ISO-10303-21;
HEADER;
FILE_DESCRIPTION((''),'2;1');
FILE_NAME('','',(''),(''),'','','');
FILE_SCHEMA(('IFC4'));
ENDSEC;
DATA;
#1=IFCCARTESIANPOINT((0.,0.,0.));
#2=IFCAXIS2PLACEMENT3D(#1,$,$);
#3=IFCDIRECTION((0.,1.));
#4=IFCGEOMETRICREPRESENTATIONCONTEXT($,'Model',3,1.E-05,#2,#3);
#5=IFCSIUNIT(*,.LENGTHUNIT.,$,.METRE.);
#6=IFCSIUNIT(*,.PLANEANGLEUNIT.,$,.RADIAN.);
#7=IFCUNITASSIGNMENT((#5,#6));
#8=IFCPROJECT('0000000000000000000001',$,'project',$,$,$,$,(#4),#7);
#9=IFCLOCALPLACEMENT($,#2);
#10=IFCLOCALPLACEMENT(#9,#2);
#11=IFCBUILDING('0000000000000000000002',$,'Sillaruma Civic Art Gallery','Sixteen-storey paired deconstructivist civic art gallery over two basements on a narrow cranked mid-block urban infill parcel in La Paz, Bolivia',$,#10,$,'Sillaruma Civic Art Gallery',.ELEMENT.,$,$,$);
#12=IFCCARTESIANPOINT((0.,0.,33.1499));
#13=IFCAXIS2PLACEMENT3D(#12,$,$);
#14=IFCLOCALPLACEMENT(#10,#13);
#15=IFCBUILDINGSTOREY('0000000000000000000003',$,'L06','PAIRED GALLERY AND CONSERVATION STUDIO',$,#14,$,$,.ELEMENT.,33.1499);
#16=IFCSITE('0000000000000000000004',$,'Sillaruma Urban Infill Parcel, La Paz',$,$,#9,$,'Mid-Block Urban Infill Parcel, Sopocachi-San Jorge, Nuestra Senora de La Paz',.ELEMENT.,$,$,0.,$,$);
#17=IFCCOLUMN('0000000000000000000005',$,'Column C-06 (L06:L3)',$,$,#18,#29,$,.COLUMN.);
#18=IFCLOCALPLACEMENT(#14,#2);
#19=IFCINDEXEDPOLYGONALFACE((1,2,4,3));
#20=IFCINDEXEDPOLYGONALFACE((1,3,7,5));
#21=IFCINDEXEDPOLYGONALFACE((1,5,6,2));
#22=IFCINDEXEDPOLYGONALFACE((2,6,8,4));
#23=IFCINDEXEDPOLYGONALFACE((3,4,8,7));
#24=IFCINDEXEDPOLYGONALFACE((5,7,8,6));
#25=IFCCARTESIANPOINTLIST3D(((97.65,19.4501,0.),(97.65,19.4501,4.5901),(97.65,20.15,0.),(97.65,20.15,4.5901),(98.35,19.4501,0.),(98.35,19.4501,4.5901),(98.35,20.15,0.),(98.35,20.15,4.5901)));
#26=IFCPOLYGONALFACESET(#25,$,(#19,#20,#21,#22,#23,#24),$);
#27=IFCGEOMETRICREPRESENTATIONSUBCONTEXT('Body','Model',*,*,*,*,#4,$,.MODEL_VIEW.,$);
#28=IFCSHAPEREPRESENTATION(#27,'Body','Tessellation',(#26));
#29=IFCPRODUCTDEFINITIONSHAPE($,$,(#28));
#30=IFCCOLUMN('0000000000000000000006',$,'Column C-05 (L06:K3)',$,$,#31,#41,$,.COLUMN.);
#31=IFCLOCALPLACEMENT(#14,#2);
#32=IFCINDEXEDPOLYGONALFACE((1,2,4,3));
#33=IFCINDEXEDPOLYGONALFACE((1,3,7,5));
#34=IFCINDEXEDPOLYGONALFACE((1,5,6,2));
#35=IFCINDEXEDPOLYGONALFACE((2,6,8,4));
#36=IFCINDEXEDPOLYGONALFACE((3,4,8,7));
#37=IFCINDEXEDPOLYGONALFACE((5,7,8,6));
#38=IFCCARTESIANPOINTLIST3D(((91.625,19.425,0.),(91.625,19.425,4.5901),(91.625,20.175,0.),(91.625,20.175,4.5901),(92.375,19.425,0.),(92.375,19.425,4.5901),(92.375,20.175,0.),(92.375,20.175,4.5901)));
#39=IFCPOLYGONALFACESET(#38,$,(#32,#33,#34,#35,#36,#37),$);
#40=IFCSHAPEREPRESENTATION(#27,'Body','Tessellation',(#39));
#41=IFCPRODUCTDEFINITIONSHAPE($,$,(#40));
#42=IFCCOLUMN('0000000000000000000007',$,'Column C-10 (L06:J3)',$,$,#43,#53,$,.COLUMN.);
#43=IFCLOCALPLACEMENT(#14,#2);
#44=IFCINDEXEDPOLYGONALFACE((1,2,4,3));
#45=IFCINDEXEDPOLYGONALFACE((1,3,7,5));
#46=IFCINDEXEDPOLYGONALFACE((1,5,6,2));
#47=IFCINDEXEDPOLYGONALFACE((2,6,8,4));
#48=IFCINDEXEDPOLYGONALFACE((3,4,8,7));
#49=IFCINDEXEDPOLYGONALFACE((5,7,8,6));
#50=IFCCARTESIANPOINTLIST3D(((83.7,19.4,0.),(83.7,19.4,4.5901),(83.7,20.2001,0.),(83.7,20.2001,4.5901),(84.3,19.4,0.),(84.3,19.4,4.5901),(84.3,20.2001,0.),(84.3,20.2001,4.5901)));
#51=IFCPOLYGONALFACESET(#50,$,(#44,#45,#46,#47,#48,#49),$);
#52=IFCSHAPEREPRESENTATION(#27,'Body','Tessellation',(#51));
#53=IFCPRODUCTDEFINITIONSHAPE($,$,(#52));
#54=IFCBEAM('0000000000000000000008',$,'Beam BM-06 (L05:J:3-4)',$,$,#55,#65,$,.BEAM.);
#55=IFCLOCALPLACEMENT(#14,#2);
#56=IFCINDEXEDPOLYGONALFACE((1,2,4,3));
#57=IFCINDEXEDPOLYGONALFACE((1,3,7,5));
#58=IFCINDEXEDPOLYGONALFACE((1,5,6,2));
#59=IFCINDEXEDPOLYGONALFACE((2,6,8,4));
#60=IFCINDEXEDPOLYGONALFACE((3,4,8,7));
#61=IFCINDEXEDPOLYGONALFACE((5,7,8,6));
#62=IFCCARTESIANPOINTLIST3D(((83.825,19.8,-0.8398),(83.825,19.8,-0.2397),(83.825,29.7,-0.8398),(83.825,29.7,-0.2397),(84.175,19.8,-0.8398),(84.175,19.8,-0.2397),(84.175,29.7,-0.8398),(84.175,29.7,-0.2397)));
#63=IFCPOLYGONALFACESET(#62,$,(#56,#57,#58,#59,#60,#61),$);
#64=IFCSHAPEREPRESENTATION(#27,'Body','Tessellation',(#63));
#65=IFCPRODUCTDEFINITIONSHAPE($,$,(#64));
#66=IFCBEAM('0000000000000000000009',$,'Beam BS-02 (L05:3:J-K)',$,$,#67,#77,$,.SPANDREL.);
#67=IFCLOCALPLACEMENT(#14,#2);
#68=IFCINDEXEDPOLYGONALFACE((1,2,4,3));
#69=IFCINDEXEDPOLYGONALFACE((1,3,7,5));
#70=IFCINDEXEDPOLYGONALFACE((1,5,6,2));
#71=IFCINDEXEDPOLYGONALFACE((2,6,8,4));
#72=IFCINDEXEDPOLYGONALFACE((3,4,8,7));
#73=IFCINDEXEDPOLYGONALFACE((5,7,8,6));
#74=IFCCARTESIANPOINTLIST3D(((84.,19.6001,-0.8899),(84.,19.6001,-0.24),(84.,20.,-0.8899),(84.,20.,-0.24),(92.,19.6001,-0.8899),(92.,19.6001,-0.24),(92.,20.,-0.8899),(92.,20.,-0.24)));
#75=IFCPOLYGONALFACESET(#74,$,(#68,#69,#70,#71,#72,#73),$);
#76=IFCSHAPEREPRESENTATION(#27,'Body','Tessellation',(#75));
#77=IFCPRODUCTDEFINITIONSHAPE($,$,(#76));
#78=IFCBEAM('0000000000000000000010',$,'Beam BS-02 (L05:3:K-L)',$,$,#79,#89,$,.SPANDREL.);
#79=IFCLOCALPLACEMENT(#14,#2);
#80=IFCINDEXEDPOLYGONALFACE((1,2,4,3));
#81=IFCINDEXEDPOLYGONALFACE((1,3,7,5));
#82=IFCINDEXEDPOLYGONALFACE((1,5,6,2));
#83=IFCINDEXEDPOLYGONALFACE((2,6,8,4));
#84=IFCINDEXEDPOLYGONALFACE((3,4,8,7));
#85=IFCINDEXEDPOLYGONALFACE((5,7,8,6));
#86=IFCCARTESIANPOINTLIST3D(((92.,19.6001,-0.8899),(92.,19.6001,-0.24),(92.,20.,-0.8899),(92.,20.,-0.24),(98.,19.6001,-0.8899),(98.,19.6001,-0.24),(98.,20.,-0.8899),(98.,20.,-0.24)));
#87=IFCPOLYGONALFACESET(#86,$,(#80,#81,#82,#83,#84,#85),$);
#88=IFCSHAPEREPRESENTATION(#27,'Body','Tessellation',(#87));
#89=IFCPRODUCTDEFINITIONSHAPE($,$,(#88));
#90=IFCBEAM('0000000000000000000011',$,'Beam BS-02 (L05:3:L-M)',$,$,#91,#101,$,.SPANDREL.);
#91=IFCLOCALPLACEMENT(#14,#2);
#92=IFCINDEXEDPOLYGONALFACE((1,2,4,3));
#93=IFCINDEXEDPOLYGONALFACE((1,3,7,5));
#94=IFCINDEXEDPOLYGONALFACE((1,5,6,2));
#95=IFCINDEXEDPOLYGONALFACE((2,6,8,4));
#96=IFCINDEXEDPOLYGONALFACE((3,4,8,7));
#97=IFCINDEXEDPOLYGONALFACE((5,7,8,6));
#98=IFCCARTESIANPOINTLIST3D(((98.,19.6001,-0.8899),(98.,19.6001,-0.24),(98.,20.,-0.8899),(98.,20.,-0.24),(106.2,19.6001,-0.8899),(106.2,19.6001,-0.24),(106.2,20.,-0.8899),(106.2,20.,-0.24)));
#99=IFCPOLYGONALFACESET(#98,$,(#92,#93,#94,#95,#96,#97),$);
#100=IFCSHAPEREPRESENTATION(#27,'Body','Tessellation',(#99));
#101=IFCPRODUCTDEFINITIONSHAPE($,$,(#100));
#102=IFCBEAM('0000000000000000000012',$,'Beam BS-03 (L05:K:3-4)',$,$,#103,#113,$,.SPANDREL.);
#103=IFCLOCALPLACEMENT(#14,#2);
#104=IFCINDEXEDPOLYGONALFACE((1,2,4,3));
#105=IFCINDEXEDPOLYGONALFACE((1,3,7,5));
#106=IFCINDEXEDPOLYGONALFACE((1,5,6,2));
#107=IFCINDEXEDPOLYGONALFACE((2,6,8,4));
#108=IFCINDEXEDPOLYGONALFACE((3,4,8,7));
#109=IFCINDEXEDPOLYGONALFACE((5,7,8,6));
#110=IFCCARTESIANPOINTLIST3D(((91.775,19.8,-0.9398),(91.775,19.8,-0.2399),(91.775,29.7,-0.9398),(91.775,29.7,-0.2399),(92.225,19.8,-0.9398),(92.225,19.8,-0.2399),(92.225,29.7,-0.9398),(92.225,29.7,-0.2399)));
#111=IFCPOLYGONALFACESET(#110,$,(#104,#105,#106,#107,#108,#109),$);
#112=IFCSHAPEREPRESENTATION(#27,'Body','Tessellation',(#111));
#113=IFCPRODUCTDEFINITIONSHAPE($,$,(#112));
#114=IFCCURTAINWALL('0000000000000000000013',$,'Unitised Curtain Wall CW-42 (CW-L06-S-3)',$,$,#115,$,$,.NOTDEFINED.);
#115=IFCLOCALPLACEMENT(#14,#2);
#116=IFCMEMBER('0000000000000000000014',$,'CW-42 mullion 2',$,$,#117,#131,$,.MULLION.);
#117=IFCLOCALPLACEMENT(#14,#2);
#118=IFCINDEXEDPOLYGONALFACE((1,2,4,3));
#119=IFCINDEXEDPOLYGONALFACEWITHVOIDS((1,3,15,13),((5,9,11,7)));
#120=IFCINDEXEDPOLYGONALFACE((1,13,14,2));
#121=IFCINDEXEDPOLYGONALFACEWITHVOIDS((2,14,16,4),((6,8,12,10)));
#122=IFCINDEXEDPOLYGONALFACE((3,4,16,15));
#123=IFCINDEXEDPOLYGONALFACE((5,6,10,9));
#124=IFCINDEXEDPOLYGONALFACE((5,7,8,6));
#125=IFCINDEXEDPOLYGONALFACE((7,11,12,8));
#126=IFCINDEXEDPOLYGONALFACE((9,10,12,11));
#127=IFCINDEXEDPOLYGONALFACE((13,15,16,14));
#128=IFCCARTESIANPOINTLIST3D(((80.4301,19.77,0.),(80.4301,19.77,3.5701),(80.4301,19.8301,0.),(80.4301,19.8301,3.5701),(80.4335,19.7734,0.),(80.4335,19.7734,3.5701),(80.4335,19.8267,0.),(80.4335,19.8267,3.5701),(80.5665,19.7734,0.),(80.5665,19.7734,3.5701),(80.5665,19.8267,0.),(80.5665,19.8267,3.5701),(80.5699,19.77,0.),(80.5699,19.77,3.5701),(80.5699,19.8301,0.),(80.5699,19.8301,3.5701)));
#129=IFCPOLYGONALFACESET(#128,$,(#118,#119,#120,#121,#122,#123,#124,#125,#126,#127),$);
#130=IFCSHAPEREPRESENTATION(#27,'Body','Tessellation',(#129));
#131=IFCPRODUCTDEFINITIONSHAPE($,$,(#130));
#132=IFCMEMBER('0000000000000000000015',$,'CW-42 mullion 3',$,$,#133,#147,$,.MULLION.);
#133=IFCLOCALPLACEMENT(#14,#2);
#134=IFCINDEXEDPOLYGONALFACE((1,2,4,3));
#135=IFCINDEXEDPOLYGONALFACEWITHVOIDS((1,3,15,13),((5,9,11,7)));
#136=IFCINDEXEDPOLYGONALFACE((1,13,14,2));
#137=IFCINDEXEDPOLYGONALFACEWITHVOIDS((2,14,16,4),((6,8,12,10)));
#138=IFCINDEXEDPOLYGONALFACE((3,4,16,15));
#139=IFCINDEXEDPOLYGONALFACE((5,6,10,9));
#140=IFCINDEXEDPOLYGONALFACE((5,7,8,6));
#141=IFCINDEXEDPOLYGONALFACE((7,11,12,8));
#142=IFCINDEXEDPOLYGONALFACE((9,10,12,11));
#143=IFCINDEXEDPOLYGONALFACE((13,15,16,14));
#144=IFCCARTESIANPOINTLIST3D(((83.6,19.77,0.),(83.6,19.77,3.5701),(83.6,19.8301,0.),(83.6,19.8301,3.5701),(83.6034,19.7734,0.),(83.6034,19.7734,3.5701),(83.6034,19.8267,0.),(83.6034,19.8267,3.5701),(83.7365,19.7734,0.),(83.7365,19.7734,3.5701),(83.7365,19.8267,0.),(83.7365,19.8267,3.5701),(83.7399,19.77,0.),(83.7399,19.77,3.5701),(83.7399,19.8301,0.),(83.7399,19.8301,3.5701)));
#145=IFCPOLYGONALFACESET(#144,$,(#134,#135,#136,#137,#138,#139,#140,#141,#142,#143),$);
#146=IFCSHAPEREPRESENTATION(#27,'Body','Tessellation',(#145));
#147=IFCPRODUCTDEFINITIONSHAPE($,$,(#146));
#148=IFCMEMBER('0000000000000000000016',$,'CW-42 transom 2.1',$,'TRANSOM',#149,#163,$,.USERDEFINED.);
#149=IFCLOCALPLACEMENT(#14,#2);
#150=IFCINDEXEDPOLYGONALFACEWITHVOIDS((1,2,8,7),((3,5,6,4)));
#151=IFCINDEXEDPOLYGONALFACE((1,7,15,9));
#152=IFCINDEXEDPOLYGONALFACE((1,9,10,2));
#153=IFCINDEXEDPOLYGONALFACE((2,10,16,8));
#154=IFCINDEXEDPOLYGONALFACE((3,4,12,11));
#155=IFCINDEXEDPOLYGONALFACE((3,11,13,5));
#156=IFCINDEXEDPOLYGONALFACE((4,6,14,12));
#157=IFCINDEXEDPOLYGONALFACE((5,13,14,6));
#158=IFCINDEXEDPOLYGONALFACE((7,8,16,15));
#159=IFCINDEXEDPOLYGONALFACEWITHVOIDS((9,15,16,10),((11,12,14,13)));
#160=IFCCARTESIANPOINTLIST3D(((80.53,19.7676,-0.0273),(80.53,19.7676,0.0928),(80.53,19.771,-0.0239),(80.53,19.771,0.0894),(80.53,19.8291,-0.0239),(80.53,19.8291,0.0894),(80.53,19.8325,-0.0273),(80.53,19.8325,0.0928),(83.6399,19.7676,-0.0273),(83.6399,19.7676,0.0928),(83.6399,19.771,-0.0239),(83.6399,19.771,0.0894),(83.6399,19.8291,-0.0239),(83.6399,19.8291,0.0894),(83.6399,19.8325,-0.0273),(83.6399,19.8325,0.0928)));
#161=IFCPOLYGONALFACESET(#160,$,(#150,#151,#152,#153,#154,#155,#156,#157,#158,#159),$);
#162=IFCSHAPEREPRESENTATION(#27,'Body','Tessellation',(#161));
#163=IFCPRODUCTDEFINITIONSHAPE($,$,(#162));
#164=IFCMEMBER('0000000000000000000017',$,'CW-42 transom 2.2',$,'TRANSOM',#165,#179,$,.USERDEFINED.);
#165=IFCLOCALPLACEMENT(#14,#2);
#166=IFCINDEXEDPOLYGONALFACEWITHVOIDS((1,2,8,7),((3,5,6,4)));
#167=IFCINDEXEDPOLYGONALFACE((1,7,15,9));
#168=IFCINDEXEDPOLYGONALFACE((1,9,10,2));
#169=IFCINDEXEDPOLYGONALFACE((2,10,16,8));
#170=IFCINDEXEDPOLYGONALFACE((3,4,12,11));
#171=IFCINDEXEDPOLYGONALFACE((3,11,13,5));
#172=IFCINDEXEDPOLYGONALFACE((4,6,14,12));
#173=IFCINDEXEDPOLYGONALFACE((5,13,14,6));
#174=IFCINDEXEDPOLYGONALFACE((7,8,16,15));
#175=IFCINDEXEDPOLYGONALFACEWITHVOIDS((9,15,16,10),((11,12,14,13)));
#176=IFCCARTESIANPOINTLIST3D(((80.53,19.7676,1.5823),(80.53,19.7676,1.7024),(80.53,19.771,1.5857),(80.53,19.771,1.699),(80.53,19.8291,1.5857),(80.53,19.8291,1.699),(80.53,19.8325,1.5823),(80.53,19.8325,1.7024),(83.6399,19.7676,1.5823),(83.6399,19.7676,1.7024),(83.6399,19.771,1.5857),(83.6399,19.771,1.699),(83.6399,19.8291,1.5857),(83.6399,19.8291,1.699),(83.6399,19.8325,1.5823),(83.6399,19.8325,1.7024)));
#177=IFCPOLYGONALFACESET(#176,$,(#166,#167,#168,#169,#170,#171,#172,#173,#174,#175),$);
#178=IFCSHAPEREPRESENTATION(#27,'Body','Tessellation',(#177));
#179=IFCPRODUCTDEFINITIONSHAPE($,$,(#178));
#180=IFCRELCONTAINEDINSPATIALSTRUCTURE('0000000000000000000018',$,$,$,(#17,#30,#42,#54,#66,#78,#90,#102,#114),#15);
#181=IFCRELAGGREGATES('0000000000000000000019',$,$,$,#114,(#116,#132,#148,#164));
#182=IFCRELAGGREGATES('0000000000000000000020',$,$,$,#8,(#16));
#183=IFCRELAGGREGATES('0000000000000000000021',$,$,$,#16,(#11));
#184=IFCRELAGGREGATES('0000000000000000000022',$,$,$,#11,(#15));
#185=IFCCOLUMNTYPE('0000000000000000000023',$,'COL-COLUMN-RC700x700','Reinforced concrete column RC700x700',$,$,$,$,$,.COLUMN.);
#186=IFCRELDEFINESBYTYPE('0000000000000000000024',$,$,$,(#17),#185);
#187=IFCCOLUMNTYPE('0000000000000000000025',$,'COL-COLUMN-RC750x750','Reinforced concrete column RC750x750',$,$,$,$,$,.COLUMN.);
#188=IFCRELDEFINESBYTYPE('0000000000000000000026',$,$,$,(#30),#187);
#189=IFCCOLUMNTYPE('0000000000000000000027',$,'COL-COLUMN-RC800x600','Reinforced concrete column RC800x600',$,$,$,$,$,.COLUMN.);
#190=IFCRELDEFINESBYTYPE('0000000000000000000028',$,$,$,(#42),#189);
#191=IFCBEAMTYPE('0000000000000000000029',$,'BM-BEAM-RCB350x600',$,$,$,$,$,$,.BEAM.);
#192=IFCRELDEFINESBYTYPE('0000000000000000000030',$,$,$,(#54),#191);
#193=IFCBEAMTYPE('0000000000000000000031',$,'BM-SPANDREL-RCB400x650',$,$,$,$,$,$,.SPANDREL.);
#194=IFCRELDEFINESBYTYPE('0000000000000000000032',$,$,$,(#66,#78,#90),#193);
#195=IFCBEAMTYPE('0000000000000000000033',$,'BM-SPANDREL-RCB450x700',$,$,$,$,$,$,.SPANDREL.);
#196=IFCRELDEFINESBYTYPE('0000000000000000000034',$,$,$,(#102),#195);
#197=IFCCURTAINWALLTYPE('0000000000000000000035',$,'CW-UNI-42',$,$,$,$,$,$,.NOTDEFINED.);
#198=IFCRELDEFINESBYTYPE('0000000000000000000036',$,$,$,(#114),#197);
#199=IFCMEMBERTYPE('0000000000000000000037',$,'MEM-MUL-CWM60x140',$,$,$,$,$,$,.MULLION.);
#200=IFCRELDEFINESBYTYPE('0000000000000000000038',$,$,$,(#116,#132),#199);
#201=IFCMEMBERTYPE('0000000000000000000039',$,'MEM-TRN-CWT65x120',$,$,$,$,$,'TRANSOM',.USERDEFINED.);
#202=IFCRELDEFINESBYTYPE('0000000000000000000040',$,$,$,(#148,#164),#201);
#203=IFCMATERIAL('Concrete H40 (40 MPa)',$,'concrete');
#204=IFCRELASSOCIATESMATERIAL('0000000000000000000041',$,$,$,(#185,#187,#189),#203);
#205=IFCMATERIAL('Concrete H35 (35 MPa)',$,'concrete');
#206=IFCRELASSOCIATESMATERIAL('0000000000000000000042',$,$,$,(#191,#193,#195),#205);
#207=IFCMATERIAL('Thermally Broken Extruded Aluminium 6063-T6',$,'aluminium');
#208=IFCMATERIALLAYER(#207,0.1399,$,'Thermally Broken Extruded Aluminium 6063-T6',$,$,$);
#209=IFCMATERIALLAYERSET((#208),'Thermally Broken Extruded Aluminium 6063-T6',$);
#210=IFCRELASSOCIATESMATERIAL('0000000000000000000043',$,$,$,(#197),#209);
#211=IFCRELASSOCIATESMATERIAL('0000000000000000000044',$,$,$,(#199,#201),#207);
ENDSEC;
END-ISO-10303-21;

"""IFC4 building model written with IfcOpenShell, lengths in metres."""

from ifc_helpers import new_model, si_unit, direction, frame, origin, origin_2d, place, context, subcontext, project, spatial, rectangle, hollow_rectangle, extrude, material, layer, layer_set, material_profile, profile_set, type_object, element, aggregate, save


model = new_model("IFC4")

# Units and contexts
model_context = context("Model", 3, precision=1e-05, world=origin(), true_north=direction((0.0, 1.0)))
body_context = subcontext(model_context, "Body", "Model", "MODEL_VIEW")
ifc_project = project(units=[si_unit("LENGTHUNIT", "METRE"), si_unit("PLANEANGLEUNIT", "RADIAN")], contexts=[model_context])

# Site, building, storey
site_placement = place(None, origin())
site = spatial("IfcSite", under=ifc_project, at=site_placement, Name="Sillaruma Urban Infill Parcel, La Paz", LongName="Mid-Block Urban Infill Parcel, Sopocachi-San Jorge, Nuestra Senora de La Paz", CompositionType="ELEMENT", RefElevation=0.0)
building_placement = place(site_placement, origin())
building = spatial("IfcBuilding", under=site, at=building_placement, Name="Sillaruma Civic Art Gallery", Description="Sixteen-storey paired deconstructivist civic art gallery over two basements on a narrow cranked mid-block urban infill parcel in La Paz, Bolivia", LongName="Sillaruma Civic Art Gallery", CompositionType="ELEMENT")
storey_placement = place(building_placement, frame((0.0, 0.0, 33.1499)))
storey = spatial("IfcBuildingStorey", under=building, at=storey_placement, Name="L06", Description="PAIRED GALLERY AND CONSERVATION STUDIO", CompositionType="ELEMENT", Elevation=33.1499)

# Columns
ifc_material_1 = material(Name="Concrete H40 (40 MPa)", Category="concrete")
ifc_material_profile_1 = material_profile(ifc_material_1, rectangle(XDim=0.7, YDim=0.7, at=origin_2d()), Name="RC700x700")
ifc_profile_set_1 = profile_set([ifc_material_profile_1], Name="Concrete H40 (40 MPa)")
column_type_1 = type_object("IfcColumnType", Name="COL-COLUMN-RC700x700", Description="Reinforced concrete column RC700x700", PredefinedType="COLUMN", material=ifc_profile_set_1)
column_1_placement = place(storey_placement, frame((98.0, 19.8, 0.0), z_axis=(0.0, 0.0, 1.0), x_axis=(1.0, 0.0, 0.0)))
element("IfcColumn", 1, at=column_1_placement, inside=storey, type_object=column_type_1, Name="Column C-06 (L06:L3)", PredefinedType="COLUMN", context=body_context, shape_type="SweptSolid", body=[
    extrude(rectangle(XDim=0.7, YDim=0.7, at=origin_2d()), origin(), (0.0, 0.0, 1.0), 4.5901),
])
ifc_material_profile_2 = material_profile(ifc_material_1, rectangle(XDim=0.75, YDim=0.75, at=origin_2d()), Name="RC750x750")
ifc_profile_set_2 = profile_set([ifc_material_profile_2], Name="Concrete H40 (40 MPa)")
column_type_2 = type_object("IfcColumnType", Name="COL-COLUMN-RC750x750", Description="Reinforced concrete column RC750x750", PredefinedType="COLUMN", material=ifc_profile_set_2)
column_2_placement = place(storey_placement, frame((92.0, 19.8, 0.0), z_axis=(0.0, 0.0, 1.0), x_axis=(1.0, 0.0, 0.0)))
element("IfcColumn", 2, at=column_2_placement, inside=storey, type_object=column_type_2, Name="Column C-05 (L06:K3)", PredefinedType="COLUMN", context=body_context, shape_type="SweptSolid", body=[
    extrude(rectangle(XDim=0.75, YDim=0.75, at=origin_2d()), origin(), (0.0, 0.0, 1.0), 4.5901),
])
ifc_material_profile_3 = material_profile(ifc_material_1, rectangle(XDim=0.6001, YDim=0.8, at=origin_2d()), Name="RC800x600")
ifc_profile_set_3 = profile_set([ifc_material_profile_3], Name="Concrete H40 (40 MPa)")
column_type_3 = type_object("IfcColumnType", Name="COL-COLUMN-RC800x600", Description="Reinforced concrete column RC800x600", PredefinedType="COLUMN", material=ifc_profile_set_3)
column_3_placement = place(storey_placement, frame((84.0, 19.8, 0.0), z_axis=(0.0, 0.0, 1.0), x_axis=(1.0, 0.0, 0.0)))
element("IfcColumn", 3, at=column_3_placement, inside=storey, type_object=column_type_3, Name="Column C-10 (L06:J3)", PredefinedType="COLUMN", context=body_context, shape_type="SweptSolid", body=[
    extrude(rectangle(XDim=0.6001, YDim=0.8, at=origin_2d()), origin(), (0.0, 0.0, 1.0), 4.5901),
])

# Beams
ifc_material_2 = material(Name="Concrete H35 (35 MPa)", Category="concrete")
ifc_material_profile_4 = material_profile(ifc_material_2, rectangle(XDim=0.3501, YDim=0.6001, at=origin_2d()), Name="RCB350x600")
ifc_profile_set_4 = profile_set([ifc_material_profile_4], Name="Concrete H35 (35 MPa)")
beam_type_1 = type_object("IfcBeamType", Name="BM-BEAM-RCB350x600", PredefinedType="BEAM", material=ifc_profile_set_4)
beam_1_placement = place(storey_placement, frame((84.0, 19.8, -0.5398), z_axis=(0.0, 1.0, 0.0), x_axis=(-1.0, 0.0, 0.0)))
element("IfcBeam", 4, at=beam_1_placement, inside=storey, type_object=beam_type_1, Name="Beam BM-06 (L05:J:3-4)", PredefinedType="BEAM", context=body_context, shape_type="SweptSolid", body=[
    extrude(rectangle(XDim=0.3501, YDim=0.6001, at=origin_2d()), origin(), (0.0, 0.0, 1.0), 9.8999),
])
ifc_material_profile_5 = material_profile(ifc_material_2, rectangle(XDim=0.3999, YDim=0.6499, at=origin_2d()), Name="RCB400x650")
ifc_profile_set_5 = profile_set([ifc_material_profile_5], Name="Concrete H35 (35 MPa)")
beam_type_2 = type_object("IfcBeamType", Name="BM-SPANDREL-RCB400x650", PredefinedType="SPANDREL", material=ifc_profile_set_5)
beam_2_placement = place(storey_placement, frame((84.0, 19.8, -0.5649), z_axis=(1.0, 0.0, 0.0), x_axis=(0.0, 1.0, 0.0)))
element("IfcBeam", 5, at=beam_2_placement, inside=storey, type_object=beam_type_2, Name="Beam BS-02 (L05:3:J-K)", PredefinedType="SPANDREL", context=body_context, shape_type="SweptSolid", body=[
    extrude(rectangle(XDim=0.3999, YDim=0.6499, at=origin_2d()), origin(), (0.0, 0.0, 1.0), 8.0),
])
beam_3_placement = place(storey_placement, frame((92.0, 19.8, -0.5649), z_axis=(1.0, 0.0, 0.0), x_axis=(0.0, 1.0, 0.0)))
element("IfcBeam", 6, at=beam_3_placement, inside=storey, type_object=beam_type_2, Name="Beam BS-02 (L05:3:K-L)", PredefinedType="SPANDREL", context=body_context, shape_type="SweptSolid", body=[
    extrude(rectangle(XDim=0.3999, YDim=0.6499, at=origin_2d()), origin(), (0.0, 0.0, 1.0), 6.0),
])
beam_4_placement = place(storey_placement, frame((98.0, 19.8, -0.5649), z_axis=(1.0, 0.0, 0.0), x_axis=(0.0, 1.0, 0.0)))
element("IfcBeam", 7, at=beam_4_placement, inside=storey, type_object=beam_type_2, Name="Beam BS-02 (L05:3:L-M)", PredefinedType="SPANDREL", context=body_context, shape_type="SweptSolid", body=[
    extrude(rectangle(XDim=0.3999, YDim=0.6499, at=origin_2d()), origin(), (0.0, 0.0, 1.0), 8.2),
])
ifc_material_profile_6 = material_profile(ifc_material_2, rectangle(XDim=0.45, YDim=0.7, at=origin_2d()), Name="RCB450x700")
ifc_profile_set_6 = profile_set([ifc_material_profile_6], Name="Concrete H35 (35 MPa)")
beam_type_3 = type_object("IfcBeamType", Name="BM-SPANDREL-RCB450x700", PredefinedType="SPANDREL", material=ifc_profile_set_6)
beam_5_placement = place(storey_placement, frame((92.0, 19.8, -0.5898), z_axis=(0.0, 1.0, 0.0), x_axis=(-1.0, 0.0, 0.0)))
element("IfcBeam", 8, at=beam_5_placement, inside=storey, type_object=beam_type_3, Name="Beam BS-03 (L05:K:3-4)", PredefinedType="SPANDREL", context=body_context, shape_type="SweptSolid", body=[
    extrude(rectangle(XDim=0.45, YDim=0.7, at=origin_2d()), origin(), (0.0, 0.0, 1.0), 9.8999),
])

# Curtain wall, members
ifc_material_3 = material(Name="Thermally Broken Extruded Aluminium 6063-T6", Category="aluminium")
ifc_layer_1 = layer(ifc_material_3, 0.1399, Name="Thermally Broken Extruded Aluminium 6063-T6")
ifc_layer_set_1 = layer_set([ifc_layer_1], Name="Thermally Broken Extruded Aluminium 6063-T6")
curtain_wall_type = type_object("IfcCurtainWallType", Name="CW-UNI-42", PredefinedType="NOTDEFINED", material=ifc_layer_set_1)
curtain_wall_placement = place(storey_placement, origin())
curtain_wall = element("IfcCurtainWall", 9, at=curtain_wall_placement, inside=storey, type_object=curtain_wall_type, Name="Unitised Curtain Wall CW-42 (CW-L06-S-3)", PredefinedType="NOTDEFINED")
ifc_material_profile_7 = material_profile(ifc_material_3, hollow_rectangle(XDim=0.0601, YDim=0.1399, WallThickness=0.0034, at=origin_2d()), Name="CWM60x140")
ifc_profile_set_7 = profile_set([ifc_material_profile_7], Name="Thermally Broken Extruded Aluminium 6063-T6")
member_type_1 = type_object("IfcMemberType", Name="MEM-MUL-CWM60x140", PredefinedType="MULLION", material=ifc_profile_set_7)
member_1_placement = place(storey_placement, frame((80.5, 19.8, 0.0), z_axis=(0.0, 0.0, 1.0), x_axis=(0.0, 1.0, 0.0)))
member_1 = element("IfcMember", 10, at=member_1_placement, type_object=member_type_1, Name="CW-42 mullion 2", PredefinedType="MULLION", context=body_context, shape_type="SweptSolid", body=[
    extrude(hollow_rectangle(XDim=0.0601, YDim=0.1399, WallThickness=0.0034, at=origin_2d()), origin(), (0.0, 0.0, 1.0), 3.5701),
])
member_2_placement = place(storey_placement, frame((83.6699, 19.8, 0.0), z_axis=(0.0, 0.0, 1.0), x_axis=(0.0, 1.0, 0.0)))
member_2 = element("IfcMember", 11, at=member_2_placement, type_object=member_type_1, Name="CW-42 mullion 3", PredefinedType="MULLION", context=body_context, shape_type="SweptSolid", body=[
    extrude(hollow_rectangle(XDim=0.0601, YDim=0.1399, WallThickness=0.0034, at=origin_2d()), origin(), (0.0, 0.0, 1.0), 3.5701),
])
ifc_material_profile_8 = material_profile(ifc_material_3, hollow_rectangle(XDim=0.0649, YDim=0.1201, WallThickness=0.0034, at=origin_2d()), Name="CWT65x120")
ifc_profile_set_8 = profile_set([ifc_material_profile_8], Name="Thermally Broken Extruded Aluminium 6063-T6")
member_type_2 = type_object("IfcMemberType", Name="MEM-TRN-CWT65x120", ElementType="TRANSOM", PredefinedType="USERDEFINED", material=ifc_profile_set_8)
member_3_placement = place(storey_placement, frame((80.53, 19.8, 0.0327), z_axis=(1.0, 0.0, 0.0), x_axis=(0.0, 1.0, 0.0)))
member_3 = element("IfcMember", 12, at=member_3_placement, type_object=member_type_2, Name="CW-42 transom 2.1", ObjectType="TRANSOM", PredefinedType="USERDEFINED", context=body_context, shape_type="SweptSolid", body=[
    extrude(hollow_rectangle(XDim=0.0649, YDim=0.1201, WallThickness=0.0034, at=origin_2d()), origin(), (0.0, 0.0, 1.0), 3.1099),
])
member_4_placement = place(storey_placement, frame((80.53, 19.8, 1.6423), z_axis=(1.0, 0.0, 0.0), x_axis=(0.0, 1.0, 0.0)))
member_4 = element("IfcMember", 13, at=member_4_placement, type_object=member_type_2, Name="CW-42 transom 2.2", ObjectType="TRANSOM", PredefinedType="USERDEFINED", context=body_context, shape_type="SweptSolid", body=[
    extrude(hollow_rectangle(XDim=0.0649, YDim=0.1201, WallThickness=0.0034, at=origin_2d()), origin(), (0.0, 0.0, 1.0), 3.1099),
])
aggregate(curtain_wall, [member_1, member_2, member_3, member_4])

save(model, "model.ifc")
